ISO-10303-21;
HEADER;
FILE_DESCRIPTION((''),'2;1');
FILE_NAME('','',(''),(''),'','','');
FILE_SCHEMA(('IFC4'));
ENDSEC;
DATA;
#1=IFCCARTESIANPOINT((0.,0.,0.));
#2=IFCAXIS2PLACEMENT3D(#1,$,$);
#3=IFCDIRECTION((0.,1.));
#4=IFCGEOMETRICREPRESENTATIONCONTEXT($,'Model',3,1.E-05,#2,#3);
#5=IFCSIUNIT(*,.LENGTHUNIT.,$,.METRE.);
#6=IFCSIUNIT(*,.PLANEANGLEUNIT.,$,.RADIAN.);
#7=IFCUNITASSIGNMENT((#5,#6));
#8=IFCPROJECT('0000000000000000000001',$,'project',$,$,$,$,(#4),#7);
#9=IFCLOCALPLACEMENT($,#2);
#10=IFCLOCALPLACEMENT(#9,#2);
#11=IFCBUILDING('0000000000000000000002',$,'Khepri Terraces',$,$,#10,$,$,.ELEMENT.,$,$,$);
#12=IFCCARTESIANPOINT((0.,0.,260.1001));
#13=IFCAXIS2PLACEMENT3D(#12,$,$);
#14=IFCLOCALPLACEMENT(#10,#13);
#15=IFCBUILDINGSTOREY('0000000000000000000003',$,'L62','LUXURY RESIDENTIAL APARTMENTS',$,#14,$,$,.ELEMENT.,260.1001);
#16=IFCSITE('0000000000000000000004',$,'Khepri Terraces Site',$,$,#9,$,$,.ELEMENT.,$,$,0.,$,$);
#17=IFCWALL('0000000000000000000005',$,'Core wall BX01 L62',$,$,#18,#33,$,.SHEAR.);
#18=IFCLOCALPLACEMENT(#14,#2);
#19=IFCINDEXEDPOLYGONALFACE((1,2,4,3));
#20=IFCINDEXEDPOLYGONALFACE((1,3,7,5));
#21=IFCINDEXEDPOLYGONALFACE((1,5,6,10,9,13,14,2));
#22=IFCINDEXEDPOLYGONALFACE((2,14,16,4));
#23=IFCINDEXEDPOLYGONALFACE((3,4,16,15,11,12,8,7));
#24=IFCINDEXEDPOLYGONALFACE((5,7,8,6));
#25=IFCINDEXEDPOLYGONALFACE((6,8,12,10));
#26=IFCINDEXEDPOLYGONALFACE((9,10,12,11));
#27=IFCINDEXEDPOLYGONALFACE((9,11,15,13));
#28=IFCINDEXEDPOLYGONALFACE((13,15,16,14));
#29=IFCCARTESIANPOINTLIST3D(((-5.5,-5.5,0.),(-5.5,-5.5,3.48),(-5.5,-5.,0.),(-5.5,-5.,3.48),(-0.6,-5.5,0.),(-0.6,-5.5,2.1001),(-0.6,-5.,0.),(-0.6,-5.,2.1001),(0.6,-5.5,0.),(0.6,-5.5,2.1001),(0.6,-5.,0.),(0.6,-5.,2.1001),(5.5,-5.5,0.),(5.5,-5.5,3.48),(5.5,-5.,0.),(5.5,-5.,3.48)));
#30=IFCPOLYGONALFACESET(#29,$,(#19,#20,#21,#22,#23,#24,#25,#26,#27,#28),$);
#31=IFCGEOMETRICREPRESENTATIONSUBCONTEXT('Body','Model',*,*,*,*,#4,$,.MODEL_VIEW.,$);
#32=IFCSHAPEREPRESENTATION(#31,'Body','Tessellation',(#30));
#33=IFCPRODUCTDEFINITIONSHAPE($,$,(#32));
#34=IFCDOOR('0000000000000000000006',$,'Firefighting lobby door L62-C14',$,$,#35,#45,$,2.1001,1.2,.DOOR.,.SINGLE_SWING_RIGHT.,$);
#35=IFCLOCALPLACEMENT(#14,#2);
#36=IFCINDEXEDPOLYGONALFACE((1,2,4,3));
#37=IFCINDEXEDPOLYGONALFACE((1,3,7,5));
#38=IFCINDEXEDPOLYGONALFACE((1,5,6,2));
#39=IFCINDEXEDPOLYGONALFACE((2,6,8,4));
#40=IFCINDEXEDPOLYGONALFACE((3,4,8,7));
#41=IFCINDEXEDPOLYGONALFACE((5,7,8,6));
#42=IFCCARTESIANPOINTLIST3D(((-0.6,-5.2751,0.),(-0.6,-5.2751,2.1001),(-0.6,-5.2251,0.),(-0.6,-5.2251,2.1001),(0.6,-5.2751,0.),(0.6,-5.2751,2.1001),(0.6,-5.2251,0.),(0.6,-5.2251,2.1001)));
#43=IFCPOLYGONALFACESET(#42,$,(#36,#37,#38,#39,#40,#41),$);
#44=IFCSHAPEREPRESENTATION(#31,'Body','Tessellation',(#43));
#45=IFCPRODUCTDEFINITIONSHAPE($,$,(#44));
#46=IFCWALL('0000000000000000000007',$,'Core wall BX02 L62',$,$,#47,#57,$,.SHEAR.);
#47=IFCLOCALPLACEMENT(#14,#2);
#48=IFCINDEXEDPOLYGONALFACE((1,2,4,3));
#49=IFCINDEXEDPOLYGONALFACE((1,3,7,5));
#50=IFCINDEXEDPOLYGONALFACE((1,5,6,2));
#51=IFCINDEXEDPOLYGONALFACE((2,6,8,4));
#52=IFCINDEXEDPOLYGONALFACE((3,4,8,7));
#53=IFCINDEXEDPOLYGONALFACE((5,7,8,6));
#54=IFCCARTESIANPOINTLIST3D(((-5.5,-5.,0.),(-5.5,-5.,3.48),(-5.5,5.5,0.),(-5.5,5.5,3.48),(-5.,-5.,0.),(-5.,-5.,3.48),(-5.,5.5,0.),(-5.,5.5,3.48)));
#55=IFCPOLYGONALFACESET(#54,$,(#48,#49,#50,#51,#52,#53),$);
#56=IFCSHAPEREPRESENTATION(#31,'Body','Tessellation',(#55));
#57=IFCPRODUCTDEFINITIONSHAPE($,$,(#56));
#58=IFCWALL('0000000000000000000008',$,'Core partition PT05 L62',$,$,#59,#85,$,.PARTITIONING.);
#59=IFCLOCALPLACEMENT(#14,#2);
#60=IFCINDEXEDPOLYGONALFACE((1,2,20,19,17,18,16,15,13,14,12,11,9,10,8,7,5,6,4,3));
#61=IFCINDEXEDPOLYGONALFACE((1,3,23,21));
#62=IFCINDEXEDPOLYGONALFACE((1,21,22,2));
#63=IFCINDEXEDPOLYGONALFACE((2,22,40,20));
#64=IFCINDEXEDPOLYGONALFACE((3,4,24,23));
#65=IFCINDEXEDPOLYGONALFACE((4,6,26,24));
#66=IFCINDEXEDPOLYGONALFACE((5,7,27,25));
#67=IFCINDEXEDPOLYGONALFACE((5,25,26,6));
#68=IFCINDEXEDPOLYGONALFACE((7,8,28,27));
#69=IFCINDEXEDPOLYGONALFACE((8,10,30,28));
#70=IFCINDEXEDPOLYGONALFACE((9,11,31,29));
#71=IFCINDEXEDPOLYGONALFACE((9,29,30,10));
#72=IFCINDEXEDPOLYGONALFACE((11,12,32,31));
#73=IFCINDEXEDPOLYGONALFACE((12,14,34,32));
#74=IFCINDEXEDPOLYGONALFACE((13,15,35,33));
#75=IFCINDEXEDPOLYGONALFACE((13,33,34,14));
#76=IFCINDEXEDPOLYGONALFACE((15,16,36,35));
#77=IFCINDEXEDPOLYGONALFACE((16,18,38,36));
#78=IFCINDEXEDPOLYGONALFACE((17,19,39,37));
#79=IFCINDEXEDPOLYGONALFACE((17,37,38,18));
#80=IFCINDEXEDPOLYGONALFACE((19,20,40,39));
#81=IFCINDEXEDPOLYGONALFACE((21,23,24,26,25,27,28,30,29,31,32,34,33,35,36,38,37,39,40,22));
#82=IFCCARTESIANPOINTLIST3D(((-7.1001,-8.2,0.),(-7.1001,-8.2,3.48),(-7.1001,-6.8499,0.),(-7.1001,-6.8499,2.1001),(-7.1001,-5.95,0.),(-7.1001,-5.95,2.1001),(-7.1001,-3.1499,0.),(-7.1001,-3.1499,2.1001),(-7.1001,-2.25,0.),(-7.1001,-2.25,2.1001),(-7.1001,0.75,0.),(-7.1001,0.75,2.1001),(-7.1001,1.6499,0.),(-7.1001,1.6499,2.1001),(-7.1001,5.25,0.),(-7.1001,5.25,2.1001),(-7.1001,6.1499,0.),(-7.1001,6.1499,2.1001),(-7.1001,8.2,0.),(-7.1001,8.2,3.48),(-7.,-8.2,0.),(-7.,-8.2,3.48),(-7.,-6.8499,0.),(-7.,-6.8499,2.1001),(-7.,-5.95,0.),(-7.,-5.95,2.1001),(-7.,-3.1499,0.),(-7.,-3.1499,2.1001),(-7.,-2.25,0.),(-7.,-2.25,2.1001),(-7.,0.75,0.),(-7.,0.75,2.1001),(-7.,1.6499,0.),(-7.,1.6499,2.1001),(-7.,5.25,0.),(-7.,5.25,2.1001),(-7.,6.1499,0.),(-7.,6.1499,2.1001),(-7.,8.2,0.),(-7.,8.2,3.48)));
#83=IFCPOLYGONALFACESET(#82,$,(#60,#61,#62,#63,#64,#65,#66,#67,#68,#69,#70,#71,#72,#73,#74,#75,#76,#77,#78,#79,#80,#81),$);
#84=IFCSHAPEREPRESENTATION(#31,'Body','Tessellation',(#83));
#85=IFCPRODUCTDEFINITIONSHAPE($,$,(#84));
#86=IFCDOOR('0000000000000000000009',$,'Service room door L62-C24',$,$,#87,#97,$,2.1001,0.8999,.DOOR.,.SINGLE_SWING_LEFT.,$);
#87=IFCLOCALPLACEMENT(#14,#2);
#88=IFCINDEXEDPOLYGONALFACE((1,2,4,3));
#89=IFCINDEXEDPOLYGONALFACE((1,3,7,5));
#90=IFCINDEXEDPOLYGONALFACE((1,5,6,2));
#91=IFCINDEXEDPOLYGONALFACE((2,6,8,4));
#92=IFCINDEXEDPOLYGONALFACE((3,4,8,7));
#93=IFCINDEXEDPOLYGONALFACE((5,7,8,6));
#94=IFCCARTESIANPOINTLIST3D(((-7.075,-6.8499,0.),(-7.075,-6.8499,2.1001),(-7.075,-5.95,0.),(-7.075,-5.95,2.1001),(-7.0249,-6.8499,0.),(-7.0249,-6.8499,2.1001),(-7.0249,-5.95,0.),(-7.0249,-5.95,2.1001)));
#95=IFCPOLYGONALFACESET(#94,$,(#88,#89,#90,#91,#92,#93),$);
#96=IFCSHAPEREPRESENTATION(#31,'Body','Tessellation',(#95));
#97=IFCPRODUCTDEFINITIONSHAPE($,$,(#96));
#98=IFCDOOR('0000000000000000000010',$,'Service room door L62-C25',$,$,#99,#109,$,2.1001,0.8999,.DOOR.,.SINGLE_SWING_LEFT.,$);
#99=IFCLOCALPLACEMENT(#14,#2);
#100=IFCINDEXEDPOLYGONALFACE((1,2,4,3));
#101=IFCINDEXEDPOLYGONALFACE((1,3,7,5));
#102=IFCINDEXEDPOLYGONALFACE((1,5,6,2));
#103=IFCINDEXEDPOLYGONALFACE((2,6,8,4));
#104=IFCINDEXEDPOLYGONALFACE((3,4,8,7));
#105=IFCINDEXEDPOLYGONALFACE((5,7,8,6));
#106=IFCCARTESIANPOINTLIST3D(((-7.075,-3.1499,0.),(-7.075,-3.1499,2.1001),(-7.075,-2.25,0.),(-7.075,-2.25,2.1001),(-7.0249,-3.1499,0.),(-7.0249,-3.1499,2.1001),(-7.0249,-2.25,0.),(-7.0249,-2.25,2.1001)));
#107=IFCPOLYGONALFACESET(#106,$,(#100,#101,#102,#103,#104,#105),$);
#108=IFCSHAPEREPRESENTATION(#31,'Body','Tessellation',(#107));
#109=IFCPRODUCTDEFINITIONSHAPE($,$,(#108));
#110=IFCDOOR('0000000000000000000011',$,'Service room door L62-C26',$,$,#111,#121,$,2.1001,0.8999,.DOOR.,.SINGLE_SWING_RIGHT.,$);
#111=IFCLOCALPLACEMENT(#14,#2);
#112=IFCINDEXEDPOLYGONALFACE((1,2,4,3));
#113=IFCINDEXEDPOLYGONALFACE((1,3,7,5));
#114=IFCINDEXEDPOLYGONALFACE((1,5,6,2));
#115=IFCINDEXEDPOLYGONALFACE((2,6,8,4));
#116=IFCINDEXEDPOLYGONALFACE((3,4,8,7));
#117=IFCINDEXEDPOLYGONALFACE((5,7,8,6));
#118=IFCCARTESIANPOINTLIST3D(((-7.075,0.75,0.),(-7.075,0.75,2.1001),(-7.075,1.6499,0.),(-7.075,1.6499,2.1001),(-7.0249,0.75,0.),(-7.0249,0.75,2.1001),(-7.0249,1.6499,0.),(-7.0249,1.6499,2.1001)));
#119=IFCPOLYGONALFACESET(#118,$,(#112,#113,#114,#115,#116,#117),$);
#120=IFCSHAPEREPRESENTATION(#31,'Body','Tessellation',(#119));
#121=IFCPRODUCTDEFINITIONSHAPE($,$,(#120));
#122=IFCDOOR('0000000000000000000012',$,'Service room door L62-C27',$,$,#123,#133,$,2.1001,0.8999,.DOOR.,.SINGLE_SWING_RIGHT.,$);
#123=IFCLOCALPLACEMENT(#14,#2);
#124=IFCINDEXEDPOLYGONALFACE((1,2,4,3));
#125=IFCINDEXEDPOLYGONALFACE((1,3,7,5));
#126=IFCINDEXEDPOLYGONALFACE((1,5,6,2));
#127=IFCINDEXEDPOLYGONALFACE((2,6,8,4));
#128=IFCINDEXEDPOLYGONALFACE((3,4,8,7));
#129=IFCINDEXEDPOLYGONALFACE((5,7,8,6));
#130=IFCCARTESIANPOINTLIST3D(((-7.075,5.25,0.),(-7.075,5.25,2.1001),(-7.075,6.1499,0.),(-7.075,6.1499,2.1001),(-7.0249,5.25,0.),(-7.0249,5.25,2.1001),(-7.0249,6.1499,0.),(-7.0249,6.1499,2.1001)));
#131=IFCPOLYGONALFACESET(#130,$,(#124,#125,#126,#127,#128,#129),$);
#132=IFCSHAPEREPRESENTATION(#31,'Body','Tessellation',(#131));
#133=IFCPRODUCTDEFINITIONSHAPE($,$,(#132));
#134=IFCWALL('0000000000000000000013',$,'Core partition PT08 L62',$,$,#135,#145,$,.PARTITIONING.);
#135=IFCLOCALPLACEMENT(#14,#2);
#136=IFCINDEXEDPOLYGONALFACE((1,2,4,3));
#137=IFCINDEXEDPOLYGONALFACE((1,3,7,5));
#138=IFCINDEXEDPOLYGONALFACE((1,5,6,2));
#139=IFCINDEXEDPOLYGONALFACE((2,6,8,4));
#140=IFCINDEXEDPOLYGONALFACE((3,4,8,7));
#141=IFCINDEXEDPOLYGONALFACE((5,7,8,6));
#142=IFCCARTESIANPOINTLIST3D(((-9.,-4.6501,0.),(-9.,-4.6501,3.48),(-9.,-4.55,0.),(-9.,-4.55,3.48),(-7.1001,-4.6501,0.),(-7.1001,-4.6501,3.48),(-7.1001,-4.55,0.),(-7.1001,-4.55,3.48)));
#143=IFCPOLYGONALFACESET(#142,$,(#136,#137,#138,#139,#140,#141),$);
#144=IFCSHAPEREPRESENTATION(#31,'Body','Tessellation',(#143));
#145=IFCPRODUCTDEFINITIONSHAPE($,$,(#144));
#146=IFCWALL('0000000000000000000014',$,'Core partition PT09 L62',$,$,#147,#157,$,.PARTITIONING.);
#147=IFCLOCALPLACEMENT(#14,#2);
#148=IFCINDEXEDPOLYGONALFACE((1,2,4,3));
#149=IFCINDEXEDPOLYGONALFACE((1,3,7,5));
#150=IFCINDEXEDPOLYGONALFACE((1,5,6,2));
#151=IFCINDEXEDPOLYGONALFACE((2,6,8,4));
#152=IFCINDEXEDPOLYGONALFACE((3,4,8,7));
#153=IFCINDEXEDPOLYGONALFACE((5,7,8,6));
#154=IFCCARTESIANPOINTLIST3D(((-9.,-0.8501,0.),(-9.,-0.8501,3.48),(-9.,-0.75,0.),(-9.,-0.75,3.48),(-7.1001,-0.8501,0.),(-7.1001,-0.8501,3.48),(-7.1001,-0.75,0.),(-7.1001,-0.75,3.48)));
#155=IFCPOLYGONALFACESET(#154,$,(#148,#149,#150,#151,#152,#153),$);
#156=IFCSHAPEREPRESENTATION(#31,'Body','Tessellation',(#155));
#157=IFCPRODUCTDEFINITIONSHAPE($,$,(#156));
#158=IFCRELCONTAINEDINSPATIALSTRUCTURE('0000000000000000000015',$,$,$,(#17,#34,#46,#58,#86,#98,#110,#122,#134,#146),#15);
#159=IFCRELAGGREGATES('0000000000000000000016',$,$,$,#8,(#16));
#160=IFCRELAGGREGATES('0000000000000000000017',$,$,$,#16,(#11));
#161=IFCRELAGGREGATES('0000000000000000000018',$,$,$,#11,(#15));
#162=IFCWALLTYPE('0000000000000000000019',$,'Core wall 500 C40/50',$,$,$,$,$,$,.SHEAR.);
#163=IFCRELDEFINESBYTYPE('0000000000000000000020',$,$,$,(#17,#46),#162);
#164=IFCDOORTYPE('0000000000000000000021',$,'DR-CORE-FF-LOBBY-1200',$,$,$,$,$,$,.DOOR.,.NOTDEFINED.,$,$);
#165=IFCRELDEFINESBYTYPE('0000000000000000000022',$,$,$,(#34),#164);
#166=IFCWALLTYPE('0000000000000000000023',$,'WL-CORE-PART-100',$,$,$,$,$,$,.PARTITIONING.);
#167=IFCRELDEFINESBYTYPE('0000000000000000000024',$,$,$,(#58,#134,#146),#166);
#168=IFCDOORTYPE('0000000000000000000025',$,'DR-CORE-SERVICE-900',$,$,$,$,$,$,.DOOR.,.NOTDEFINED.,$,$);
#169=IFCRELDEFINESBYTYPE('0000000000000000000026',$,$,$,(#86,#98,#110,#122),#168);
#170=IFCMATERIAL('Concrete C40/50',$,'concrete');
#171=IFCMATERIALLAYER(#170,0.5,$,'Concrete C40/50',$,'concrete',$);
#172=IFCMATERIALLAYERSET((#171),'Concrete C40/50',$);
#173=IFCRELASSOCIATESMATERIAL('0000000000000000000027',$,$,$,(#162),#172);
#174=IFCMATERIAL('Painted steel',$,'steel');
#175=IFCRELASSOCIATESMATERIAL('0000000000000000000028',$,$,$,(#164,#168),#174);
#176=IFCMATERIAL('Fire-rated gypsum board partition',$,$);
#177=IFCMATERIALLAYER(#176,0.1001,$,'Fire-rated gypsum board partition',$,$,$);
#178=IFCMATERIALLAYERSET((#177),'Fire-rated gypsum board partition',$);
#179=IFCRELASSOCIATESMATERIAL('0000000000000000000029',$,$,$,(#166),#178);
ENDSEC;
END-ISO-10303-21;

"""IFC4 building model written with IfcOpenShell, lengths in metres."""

from ifc_helpers import new_model, si_unit, direction, frame, frame_2d, origin, place, context, subcontext, project, spatial, rectangle, extrude, material, layer, layer_set, type_object, element, fill, save


model = new_model("IFC4")

# Units and contexts
model_context = context("Model", 3, precision=1e-05, world=origin(), true_north=direction((0.0, 1.0)))
body_context = subcontext(model_context, "Body", "Model", "MODEL_VIEW")
ifc_project = project(units=[si_unit("LENGTHUNIT", "METRE"), si_unit("PLANEANGLEUNIT", "RADIAN")], contexts=[model_context])

# Site, building, storey
site_placement = place(None, origin())
site = spatial("IfcSite", under=ifc_project, at=site_placement, Name="Khepri Terraces Site", CompositionType="ELEMENT", RefElevation=0.0)
building_placement = place(site_placement, origin())
building = spatial("IfcBuilding", under=site, at=building_placement, Name="Khepri Terraces", CompositionType="ELEMENT")
storey_placement = place(building_placement, frame((0.0, 0.0, 260.1001)))
storey = spatial("IfcBuildingStorey", under=building, at=storey_placement, Name="L62", Description="LUXURY RESIDENTIAL APARTMENTS", CompositionType="ELEMENT", Elevation=260.1001)

# Shared definitions
ifc_material_1 = material(Name="Concrete C40/50", Category="concrete")

# Shared definitions
ifc_material_2 = material(Name="Painted steel", Category="steel")

# Wall, opening, door
ifc_layer_1 = layer(ifc_material_1, 0.5, Name="Concrete C40/50", Category="concrete")
ifc_layer_set_1 = layer_set([ifc_layer_1], Name="Concrete C40/50")
wall_type_1 = type_object("IfcWallType", Name="Core wall 500 C40/50", PredefinedType="SHEAR", material=ifc_layer_set_1)
wall_1_placement = place(storey_placement, frame((-5.5, -5.25, 0.0), z_axis=(0.0, 0.0, 1.0), x_axis=(1.0, 0.0, 0.0)))
wall_1 = element("IfcWall", 1, at=wall_1_placement, inside=storey, type_object=wall_type_1, Name="Core wall BX01 L62", PredefinedType="SHEAR", context=body_context, shape_type="SweptSolid", body=[
    extrude(rectangle(XDim=11.0, YDim=0.5, at=frame_2d((5.5, 0.0))), origin(), (0.0, 0.0, 1.0), 3.48),
])
opening_1_placement = place(wall_1_placement, frame((4.8999, 0.0, 0.0)))
opening_1 = element("IfcOpeningElement", 2, at=opening_1_placement, cuts=wall_1, PredefinedType="OPENING", context=body_context, shape_type="SweptSolid", body=[
    extrude(rectangle(XDim=1.2, YDim=2.1001, at=frame_2d((0.6001, 1.05))), frame((0.0, 0.26, 0.0), z_axis=(0.0, -1.0, 0.0), x_axis=(1.0, 0.0, 0.0)), (0.0, 0.0, 1.0), 0.52),
])
door_type_1 = type_object("IfcDoorType", Name="DR-CORE-FF-LOBBY-1200", OperationType="NOTDEFINED", PredefinedType="DOOR", material=ifc_material_2)
door_1_placement = place(opening_1_placement, origin())
door_1 = element("IfcDoor", 3, at=door_1_placement, inside=storey, type_object=door_type_1, Name="Firefighting lobby door L62-C14", OperationType="SINGLE_SWING_RIGHT", OverallHeight=2.1001, OverallWidth=1.2, PredefinedType="DOOR", context=body_context, shape_type="SweptSolid", body=[
    extrude(rectangle(XDim=1.2, YDim=2.1001, at=frame_2d((0.6001, 1.05))), frame((0.0, 0.0249, 0.0), z_axis=(0.0, -1.0, 0.0), x_axis=(1.0, 0.0, 0.0)), (0.0, 0.0, 1.0), 0.05),
])
fill(opening_1, door_1)

# Wall
wall_2_placement = place(storey_placement, frame((-5.25, -5.0, 0.0), z_axis=(0.0, 0.0, 1.0), x_axis=(0.0, 1.0, 0.0)))
element("IfcWall", 4, at=wall_2_placement, inside=storey, type_object=wall_type_1, Name="Core wall BX02 L62", PredefinedType="SHEAR", context=body_context, shape_type="SweptSolid", body=[
    extrude(rectangle(XDim=10.5, YDim=0.5, at=frame_2d((5.25, 0.0))), origin(), (0.0, 0.0, 1.0), 3.48),
])

# Wall, openings, doors
ifc_material_3 = material(Name="Fire-rated gypsum board partition")
ifc_layer_2 = layer(ifc_material_3, 0.1001, Name="Fire-rated gypsum board partition")
ifc_layer_set_2 = layer_set([ifc_layer_2], Name="Fire-rated gypsum board partition")
wall_type_2 = type_object("IfcWallType", Name="WL-CORE-PART-100", PredefinedType="PARTITIONING", material=ifc_layer_set_2)
wall_3_placement = place(storey_placement, frame((-7.05, -8.2, 0.0), z_axis=(0.0, 0.0, 1.0), x_axis=(0.0, 1.0, 0.0)))
wall_3 = element("IfcWall", 5, at=wall_3_placement, inside=storey, type_object=wall_type_2, Name="Core partition PT05 L62", PredefinedType="PARTITIONING", context=body_context, shape_type="SweptSolid", body=[
    extrude(rectangle(XDim=16.3999, YDim=0.1001, at=frame_2d((8.2, 0.0))), origin(), (0.0, 0.0, 1.0), 3.48),
])
opening_2_placement = place(wall_3_placement, frame((1.3501, 0.0, 0.0)))
opening_2 = element("IfcOpeningElement", 6, at=opening_2_placement, cuts=wall_3, PredefinedType="OPENING", context=body_context, shape_type="SweptSolid", body=[
    extrude(rectangle(XDim=0.8999, YDim=2.1001, at=frame_2d((0.45, 1.05))), frame((0.0, 0.0601, 0.0), z_axis=(0.0, -1.0, 0.0), x_axis=(1.0, 0.0, 0.0)), (0.0, 0.0, 1.0), 0.1201),
])
opening_3_placement = place(wall_3_placement, frame((5.05, 0.0, 0.0)))
opening_3 = element("IfcOpeningElement", 7, at=opening_3_placement, cuts=wall_3, PredefinedType="OPENING", context=body_context, shape_type="SweptSolid", body=[
    extrude(rectangle(XDim=0.8999, YDim=2.1001, at=frame_2d((0.45, 1.05))), frame((0.0, 0.0601, 0.0), z_axis=(0.0, -1.0, 0.0), x_axis=(1.0, 0.0, 0.0)), (0.0, 0.0, 1.0), 0.1201),
])
opening_4_placement = place(wall_3_placement, frame((8.95, 0.0, 0.0)))
opening_4 = element("IfcOpeningElement", 8, at=opening_4_placement, cuts=wall_3, PredefinedType="OPENING", context=body_context, shape_type="SweptSolid", body=[
    extrude(rectangle(XDim=0.8999, YDim=2.1001, at=frame_2d((0.45, 1.05))), frame((0.0, 0.0601, 0.0), z_axis=(0.0, -1.0, 0.0), x_axis=(1.0, 0.0, 0.0)), (0.0, 0.0, 1.0), 0.1201),
])
opening_5_placement = place(wall_3_placement, frame((13.45, 0.0, 0.0)))
opening_5 = element("IfcOpeningElement", 9, at=opening_5_placement, cuts=wall_3, PredefinedType="OPENING", context=body_context, shape_type="SweptSolid", body=[
    extrude(rectangle(XDim=0.8999, YDim=2.1001, at=frame_2d((0.45, 1.05))), frame((0.0, 0.0601, 0.0), z_axis=(0.0, -1.0, 0.0), x_axis=(1.0, 0.0, 0.0)), (0.0, 0.0, 1.0), 0.1201),
])
door_type_2 = type_object("IfcDoorType", Name="DR-CORE-SERVICE-900", OperationType="NOTDEFINED", PredefinedType="DOOR", material=ifc_material_2)
door_2_placement = place(opening_2_placement, origin())
door_2 = element("IfcDoor", 10, at=door_2_placement, inside=storey, type_object=door_type_2, Name="Service room door L62-C24", OperationType="SINGLE_SWING_LEFT", OverallHeight=2.1001, OverallWidth=0.8999, PredefinedType="DOOR", context=body_context, shape_type="SweptSolid", body=[
    extrude(rectangle(XDim=0.8999, YDim=2.1001, at=frame_2d((0.45, 1.05))), frame((0.0, 0.0249, 0.0), z_axis=(0.0, -1.0, 0.0), x_axis=(1.0, 0.0, 0.0)), (0.0, 0.0, 1.0), 0.05),
])
fill(opening_2, door_2)
door_3_placement = place(opening_3_placement, origin())
door_3 = element("IfcDoor", 11, at=door_3_placement, inside=storey, type_object=door_type_2, Name="Service room door L62-C25", OperationType="SINGLE_SWING_LEFT", OverallHeight=2.1001, OverallWidth=0.8999, PredefinedType="DOOR", context=body_context, shape_type="SweptSolid", body=[
    extrude(rectangle(XDim=0.8999, YDim=2.1001, at=frame_2d((0.45, 1.05))), frame((0.0, 0.0249, 0.0), z_axis=(0.0, -1.0, 0.0), x_axis=(1.0, 0.0, 0.0)), (0.0, 0.0, 1.0), 0.05),
])
fill(opening_3, door_3)
door_4_placement = place(opening_4_placement, origin())
door_4 = element("IfcDoor", 12, at=door_4_placement, inside=storey, type_object=door_type_2, Name="Service room door L62-C26", OperationType="SINGLE_SWING_RIGHT", OverallHeight=2.1001, OverallWidth=0.8999, PredefinedType="DOOR", context=body_context, shape_type="SweptSolid", body=[
    extrude(rectangle(XDim=0.8999, YDim=2.1001, at=frame_2d((0.45, 1.05))), frame((0.0, 0.0249, 0.0), z_axis=(0.0, -1.0, 0.0), x_axis=(1.0, 0.0, 0.0)), (0.0, 0.0, 1.0), 0.05),
])
fill(opening_4, door_4)
door_5_placement = place(opening_5_placement, origin())
door_5 = element("IfcDoor", 13, at=door_5_placement, inside=storey, type_object=door_type_2, Name="Service room door L62-C27", OperationType="SINGLE_SWING_RIGHT", OverallHeight=2.1001, OverallWidth=0.8999, PredefinedType="DOOR", context=body_context, shape_type="SweptSolid", body=[
    extrude(rectangle(XDim=0.8999, YDim=2.1001, at=frame_2d((0.45, 1.05))), frame((0.0, 0.0249, 0.0), z_axis=(0.0, -1.0, 0.0), x_axis=(1.0, 0.0, 0.0)), (0.0, 0.0, 1.0), 0.05),
])
fill(opening_5, door_5)

# Walls
for number, where, z_axis, x_axis, name in (
    (14, (-9.0, -4.6001, 0.0), (0.0, 0.0, 1.0), (1.0, 0.0, 0.0), "Core partition PT08 L62"),
    (15, (-9.0, -0.8, 0.0), (0.0, 0.0, 1.0), (1.0, 0.0, 0.0), "Core partition PT09 L62"),
):
    element("IfcWall", number, at=place(storey_placement, frame(where, z_axis=z_axis, x_axis=x_axis)), inside=storey, type_object=wall_type_2, Name=name, PredefinedType="PARTITIONING", context=body_context, shape_type="SweptSolid", body=[
        extrude(rectangle(XDim=1.8999, YDim=0.1001, at=frame_2d((0.95, 0.0))), origin(), (0.0, 0.0, 1.0), 3.48),
    ])

save(model, "model.ifc")
